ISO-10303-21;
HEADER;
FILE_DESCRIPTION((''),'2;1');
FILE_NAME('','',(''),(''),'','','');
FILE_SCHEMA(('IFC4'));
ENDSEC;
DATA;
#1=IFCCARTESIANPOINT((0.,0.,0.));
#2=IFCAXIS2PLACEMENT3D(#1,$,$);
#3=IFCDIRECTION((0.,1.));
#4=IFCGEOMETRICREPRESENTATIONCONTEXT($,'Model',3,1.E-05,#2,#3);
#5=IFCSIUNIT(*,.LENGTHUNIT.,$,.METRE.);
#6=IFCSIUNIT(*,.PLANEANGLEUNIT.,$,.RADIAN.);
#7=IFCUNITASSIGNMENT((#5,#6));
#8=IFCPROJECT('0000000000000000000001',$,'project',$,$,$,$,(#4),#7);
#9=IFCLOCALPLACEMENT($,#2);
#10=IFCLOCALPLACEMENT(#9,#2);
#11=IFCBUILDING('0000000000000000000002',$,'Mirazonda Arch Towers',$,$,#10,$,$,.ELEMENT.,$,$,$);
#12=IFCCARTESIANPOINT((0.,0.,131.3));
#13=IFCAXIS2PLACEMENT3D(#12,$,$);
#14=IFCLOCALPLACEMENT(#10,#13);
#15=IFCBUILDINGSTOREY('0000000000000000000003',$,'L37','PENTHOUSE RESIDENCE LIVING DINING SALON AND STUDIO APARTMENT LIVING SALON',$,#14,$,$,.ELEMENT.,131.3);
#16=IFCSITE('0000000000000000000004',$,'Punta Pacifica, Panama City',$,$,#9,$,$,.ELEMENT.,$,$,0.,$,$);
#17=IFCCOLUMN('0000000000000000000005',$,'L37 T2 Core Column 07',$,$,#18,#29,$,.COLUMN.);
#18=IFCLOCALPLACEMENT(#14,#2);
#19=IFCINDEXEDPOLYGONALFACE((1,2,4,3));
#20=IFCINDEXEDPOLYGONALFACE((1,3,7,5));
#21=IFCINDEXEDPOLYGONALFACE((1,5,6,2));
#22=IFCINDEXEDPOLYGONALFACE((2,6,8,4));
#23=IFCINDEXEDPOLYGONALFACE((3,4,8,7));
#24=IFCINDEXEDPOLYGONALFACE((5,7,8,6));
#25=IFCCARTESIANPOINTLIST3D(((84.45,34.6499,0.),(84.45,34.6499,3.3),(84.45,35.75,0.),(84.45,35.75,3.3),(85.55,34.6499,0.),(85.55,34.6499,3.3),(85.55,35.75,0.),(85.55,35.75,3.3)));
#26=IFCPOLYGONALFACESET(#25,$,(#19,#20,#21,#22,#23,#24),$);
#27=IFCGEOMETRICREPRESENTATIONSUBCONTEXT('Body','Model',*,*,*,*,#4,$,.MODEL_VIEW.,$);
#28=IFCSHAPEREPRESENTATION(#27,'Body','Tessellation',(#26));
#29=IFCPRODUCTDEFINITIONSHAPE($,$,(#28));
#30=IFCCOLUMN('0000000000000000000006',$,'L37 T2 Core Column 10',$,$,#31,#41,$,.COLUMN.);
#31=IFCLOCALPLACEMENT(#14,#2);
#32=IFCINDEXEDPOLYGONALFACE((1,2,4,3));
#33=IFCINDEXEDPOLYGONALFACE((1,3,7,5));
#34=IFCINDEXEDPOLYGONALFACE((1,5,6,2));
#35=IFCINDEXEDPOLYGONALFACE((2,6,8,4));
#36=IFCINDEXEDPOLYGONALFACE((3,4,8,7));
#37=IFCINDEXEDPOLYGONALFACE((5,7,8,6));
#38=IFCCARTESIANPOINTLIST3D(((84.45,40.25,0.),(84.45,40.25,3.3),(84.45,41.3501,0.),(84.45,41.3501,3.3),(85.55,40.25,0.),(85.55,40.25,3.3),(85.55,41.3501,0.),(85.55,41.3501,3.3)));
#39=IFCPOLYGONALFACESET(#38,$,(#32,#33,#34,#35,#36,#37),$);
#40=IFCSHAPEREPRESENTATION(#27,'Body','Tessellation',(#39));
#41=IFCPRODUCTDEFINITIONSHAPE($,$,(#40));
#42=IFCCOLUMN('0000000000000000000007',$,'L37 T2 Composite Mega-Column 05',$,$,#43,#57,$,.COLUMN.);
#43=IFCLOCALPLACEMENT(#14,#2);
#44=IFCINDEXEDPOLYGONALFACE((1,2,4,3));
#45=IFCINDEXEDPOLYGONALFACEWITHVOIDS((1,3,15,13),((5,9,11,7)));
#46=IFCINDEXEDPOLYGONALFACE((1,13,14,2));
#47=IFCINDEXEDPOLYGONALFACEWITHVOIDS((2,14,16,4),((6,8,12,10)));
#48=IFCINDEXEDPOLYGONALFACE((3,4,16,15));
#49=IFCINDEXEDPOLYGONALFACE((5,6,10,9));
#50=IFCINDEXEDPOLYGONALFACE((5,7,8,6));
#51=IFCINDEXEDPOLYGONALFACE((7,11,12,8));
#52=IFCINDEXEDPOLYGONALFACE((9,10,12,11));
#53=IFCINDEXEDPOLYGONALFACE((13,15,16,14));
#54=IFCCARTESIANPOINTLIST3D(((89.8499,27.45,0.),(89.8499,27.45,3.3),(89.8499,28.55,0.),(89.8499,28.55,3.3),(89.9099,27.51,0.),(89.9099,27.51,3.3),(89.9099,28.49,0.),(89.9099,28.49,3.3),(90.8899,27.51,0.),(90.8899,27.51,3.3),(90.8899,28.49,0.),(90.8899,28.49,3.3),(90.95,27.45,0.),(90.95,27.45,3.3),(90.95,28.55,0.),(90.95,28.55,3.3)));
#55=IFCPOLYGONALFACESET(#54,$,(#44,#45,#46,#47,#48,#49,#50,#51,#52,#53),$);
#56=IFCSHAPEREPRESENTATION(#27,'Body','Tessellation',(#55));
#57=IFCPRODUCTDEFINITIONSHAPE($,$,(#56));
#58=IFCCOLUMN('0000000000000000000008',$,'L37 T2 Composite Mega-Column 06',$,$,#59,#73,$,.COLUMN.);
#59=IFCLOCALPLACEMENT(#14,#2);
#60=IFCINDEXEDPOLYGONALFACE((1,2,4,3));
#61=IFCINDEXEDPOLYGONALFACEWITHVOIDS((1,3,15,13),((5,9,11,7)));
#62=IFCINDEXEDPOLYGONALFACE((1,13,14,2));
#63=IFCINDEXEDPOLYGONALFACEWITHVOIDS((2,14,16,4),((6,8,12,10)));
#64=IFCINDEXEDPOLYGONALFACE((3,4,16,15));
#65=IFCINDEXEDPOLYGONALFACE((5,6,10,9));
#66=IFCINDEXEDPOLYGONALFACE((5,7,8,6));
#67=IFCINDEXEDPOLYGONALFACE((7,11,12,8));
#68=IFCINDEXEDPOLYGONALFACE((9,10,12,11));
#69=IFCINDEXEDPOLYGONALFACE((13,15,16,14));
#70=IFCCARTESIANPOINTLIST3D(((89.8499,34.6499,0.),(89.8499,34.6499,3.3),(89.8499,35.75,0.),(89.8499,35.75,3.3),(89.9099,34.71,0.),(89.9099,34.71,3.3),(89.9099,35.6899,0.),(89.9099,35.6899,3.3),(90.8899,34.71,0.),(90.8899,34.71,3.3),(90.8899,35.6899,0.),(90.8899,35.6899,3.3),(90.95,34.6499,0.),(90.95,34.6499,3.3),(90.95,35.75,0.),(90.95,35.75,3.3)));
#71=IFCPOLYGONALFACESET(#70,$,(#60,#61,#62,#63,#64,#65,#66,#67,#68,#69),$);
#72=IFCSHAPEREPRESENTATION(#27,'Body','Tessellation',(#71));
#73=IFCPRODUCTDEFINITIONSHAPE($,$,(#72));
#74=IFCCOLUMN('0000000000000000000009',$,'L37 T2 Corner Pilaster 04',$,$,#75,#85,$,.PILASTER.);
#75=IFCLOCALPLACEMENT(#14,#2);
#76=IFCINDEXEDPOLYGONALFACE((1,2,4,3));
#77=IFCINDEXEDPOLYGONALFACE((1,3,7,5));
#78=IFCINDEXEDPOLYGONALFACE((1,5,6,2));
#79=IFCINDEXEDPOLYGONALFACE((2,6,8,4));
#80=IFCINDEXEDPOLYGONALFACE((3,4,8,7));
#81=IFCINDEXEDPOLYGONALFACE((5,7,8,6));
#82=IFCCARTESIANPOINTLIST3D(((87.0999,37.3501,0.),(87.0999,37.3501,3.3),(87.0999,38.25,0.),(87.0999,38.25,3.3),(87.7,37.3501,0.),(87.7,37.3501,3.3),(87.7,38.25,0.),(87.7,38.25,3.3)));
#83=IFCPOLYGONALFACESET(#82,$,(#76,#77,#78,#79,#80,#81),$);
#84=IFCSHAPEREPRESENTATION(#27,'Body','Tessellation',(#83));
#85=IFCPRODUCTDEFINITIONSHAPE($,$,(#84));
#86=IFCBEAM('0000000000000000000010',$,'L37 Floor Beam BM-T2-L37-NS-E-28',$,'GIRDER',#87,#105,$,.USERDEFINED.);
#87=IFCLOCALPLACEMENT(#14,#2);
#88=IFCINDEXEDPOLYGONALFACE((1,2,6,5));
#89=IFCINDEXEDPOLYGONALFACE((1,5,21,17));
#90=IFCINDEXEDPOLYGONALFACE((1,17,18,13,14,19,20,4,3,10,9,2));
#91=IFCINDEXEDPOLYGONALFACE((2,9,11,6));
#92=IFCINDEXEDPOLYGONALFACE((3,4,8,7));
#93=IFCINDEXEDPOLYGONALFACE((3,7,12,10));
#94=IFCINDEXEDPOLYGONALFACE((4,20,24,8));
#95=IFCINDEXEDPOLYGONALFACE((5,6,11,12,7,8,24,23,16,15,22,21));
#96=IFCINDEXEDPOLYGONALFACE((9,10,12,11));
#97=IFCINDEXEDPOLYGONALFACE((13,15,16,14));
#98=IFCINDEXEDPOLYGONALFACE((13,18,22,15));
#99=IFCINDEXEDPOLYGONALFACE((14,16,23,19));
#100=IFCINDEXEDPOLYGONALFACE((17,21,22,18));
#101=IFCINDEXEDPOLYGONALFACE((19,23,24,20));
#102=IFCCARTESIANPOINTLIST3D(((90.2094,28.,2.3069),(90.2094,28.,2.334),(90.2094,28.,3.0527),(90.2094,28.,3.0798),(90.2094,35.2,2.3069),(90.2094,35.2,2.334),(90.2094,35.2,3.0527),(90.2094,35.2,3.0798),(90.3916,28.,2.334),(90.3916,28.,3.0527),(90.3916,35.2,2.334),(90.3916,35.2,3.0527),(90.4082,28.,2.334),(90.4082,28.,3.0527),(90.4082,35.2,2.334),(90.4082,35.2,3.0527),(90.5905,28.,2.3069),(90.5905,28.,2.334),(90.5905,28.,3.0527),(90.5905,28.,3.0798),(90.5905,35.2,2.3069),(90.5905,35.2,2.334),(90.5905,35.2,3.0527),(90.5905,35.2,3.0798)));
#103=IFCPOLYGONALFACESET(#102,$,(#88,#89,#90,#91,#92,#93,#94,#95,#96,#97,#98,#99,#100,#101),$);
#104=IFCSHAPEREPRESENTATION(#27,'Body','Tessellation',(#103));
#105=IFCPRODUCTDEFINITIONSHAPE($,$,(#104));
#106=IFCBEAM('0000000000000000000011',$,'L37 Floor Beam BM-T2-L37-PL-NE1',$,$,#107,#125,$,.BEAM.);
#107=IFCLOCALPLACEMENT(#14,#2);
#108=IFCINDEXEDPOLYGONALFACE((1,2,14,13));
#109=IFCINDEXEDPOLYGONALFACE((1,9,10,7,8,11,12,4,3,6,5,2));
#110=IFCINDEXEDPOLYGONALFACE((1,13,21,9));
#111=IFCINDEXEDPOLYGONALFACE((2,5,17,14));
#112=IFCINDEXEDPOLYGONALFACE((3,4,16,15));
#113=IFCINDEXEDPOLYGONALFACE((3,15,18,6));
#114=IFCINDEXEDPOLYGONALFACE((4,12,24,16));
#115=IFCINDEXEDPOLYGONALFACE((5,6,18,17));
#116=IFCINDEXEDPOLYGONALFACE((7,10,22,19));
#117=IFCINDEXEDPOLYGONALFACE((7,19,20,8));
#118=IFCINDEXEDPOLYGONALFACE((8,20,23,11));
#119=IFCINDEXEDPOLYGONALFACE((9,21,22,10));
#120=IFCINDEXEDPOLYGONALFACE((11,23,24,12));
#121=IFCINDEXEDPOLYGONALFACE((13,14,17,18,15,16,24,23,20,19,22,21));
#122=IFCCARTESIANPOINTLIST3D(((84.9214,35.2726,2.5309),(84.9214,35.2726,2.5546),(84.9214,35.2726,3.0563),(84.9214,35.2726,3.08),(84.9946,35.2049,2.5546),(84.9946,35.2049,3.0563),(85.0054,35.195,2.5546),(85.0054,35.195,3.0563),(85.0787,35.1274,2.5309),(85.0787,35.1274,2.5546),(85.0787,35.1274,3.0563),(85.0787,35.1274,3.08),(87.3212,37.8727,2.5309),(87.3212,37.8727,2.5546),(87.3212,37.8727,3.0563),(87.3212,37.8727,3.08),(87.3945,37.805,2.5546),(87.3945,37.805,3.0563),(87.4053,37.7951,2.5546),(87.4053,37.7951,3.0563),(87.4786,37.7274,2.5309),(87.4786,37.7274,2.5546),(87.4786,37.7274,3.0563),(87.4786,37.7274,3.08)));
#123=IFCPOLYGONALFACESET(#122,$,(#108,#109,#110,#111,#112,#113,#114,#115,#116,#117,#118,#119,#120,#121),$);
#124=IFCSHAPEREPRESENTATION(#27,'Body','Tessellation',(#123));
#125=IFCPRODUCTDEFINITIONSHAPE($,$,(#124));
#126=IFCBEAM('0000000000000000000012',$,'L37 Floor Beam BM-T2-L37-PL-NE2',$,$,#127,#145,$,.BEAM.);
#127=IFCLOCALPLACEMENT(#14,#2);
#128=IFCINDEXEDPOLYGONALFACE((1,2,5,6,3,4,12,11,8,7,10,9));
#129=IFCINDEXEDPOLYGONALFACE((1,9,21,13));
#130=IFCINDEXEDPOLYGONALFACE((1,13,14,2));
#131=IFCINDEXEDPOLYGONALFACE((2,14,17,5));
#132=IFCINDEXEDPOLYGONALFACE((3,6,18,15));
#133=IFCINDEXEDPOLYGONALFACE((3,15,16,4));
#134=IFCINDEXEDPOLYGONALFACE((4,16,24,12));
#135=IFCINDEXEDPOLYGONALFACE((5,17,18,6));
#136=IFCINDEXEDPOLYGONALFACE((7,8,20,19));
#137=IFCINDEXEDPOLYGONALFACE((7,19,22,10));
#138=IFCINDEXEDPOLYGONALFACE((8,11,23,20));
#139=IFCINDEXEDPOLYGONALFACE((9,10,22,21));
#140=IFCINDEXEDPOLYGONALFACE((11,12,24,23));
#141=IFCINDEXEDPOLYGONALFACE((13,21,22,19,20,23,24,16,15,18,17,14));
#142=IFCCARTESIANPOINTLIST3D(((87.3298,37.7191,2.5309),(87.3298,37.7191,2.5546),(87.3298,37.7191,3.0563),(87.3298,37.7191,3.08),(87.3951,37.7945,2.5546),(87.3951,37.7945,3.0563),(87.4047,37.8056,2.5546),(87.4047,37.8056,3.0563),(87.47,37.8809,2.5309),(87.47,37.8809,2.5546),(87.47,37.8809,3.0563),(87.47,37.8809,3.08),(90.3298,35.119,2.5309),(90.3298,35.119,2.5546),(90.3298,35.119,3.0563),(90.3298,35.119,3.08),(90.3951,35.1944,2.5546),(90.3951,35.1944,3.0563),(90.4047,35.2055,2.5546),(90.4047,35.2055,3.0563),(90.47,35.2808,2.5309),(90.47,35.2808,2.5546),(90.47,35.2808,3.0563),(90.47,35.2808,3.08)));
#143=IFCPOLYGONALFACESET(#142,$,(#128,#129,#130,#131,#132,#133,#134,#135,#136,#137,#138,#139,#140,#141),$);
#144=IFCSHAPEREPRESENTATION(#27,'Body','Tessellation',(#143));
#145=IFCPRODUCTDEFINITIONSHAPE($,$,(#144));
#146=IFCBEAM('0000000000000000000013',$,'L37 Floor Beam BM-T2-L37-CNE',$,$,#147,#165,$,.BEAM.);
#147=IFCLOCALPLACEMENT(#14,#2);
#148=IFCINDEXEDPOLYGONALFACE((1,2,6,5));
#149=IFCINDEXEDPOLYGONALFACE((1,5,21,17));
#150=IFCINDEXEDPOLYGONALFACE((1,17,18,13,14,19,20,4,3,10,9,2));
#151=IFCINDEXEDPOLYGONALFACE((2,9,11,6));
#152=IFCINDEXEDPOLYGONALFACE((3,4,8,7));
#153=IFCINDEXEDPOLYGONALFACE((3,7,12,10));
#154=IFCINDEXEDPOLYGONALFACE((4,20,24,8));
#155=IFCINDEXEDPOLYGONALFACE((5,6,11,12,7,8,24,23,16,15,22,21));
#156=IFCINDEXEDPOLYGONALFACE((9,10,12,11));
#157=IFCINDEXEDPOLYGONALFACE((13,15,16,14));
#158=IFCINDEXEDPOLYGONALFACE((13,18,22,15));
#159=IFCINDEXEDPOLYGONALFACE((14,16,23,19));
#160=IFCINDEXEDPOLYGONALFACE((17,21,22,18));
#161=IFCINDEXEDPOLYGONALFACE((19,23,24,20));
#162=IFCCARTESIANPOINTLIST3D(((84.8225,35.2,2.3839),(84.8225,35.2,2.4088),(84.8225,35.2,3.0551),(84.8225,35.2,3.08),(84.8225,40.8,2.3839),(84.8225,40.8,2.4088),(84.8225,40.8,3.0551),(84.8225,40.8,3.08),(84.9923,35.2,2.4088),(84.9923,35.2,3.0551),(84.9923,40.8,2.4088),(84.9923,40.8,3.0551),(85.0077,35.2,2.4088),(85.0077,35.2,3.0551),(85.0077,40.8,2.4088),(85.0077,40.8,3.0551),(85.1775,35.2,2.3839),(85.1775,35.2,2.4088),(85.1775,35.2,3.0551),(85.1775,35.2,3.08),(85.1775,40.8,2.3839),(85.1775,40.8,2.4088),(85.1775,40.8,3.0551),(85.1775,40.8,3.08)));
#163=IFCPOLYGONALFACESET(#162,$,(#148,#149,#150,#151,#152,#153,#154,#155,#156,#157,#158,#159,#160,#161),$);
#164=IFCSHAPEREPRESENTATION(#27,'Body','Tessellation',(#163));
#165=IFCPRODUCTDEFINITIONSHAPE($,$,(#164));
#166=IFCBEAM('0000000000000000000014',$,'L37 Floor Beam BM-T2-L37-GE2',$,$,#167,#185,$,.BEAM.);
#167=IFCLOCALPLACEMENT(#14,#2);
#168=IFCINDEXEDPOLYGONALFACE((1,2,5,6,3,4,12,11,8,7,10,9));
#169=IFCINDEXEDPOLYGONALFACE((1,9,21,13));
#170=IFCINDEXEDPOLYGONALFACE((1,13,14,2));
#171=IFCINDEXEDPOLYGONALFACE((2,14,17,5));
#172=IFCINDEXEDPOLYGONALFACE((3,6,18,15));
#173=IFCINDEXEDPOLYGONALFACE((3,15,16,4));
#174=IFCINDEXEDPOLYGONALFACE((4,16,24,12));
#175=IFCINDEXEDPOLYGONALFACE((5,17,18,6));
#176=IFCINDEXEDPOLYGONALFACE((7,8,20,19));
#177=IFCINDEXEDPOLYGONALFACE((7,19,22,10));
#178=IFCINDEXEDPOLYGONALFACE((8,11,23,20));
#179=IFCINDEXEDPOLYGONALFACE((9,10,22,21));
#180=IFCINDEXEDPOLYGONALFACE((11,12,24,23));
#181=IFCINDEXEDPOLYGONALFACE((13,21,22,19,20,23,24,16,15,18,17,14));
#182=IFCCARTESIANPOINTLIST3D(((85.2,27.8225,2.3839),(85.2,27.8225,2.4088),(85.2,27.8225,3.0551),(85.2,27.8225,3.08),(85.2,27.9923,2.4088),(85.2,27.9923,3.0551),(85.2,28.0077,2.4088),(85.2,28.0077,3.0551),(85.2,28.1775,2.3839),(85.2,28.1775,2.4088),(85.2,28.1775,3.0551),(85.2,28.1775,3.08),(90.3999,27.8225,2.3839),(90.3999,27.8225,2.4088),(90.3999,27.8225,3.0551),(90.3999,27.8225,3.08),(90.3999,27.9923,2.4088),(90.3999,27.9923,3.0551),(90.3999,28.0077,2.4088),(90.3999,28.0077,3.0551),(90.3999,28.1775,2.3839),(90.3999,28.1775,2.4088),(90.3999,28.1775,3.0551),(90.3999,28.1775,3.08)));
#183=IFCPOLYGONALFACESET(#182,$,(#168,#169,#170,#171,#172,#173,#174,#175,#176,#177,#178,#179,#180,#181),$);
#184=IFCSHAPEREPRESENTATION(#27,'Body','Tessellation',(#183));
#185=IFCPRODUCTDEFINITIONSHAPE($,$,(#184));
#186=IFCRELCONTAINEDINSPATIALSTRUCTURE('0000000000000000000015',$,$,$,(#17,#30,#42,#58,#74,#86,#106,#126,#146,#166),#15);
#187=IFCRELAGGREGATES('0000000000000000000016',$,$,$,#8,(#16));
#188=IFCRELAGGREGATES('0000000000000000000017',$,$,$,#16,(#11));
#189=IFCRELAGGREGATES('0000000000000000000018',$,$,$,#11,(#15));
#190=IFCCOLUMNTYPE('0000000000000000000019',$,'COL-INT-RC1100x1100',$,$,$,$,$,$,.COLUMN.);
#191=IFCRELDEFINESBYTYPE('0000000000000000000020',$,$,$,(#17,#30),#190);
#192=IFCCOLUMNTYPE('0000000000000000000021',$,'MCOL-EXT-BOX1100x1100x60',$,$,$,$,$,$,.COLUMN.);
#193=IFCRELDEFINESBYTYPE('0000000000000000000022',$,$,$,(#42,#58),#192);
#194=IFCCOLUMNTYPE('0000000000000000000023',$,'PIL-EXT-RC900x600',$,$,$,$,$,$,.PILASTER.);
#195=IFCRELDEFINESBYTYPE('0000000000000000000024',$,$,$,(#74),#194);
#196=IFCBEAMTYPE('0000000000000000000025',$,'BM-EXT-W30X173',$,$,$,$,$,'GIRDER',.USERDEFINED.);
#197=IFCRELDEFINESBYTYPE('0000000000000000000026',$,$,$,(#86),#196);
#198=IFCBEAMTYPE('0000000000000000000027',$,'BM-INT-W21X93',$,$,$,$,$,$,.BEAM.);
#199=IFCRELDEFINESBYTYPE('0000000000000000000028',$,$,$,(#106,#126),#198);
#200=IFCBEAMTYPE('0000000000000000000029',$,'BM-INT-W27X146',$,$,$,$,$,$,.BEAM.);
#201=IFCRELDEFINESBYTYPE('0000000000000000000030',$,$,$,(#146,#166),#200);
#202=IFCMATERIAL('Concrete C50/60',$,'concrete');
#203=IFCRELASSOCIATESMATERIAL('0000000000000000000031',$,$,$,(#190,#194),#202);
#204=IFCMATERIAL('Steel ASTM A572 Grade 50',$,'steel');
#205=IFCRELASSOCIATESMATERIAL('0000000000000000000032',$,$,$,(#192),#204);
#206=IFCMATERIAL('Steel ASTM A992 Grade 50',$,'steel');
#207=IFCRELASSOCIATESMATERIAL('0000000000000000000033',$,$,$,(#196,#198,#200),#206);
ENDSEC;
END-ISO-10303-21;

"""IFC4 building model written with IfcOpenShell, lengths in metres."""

from ifc_helpers import new_model, si_unit, direction, frame, origin, origin_2d, place, context, subcontext, project, spatial, rectangle, hollow_rectangle, i_section, extrude, material, material_profile, profile_set, type_object, element, save


model = new_model("IFC4")

# Units and contexts
model_context = context("Model", 3, precision=1e-05, world=origin(), true_north=direction((0.0, 1.0)))
body_context = subcontext(model_context, "Body", "Model", "MODEL_VIEW")
ifc_project = project(units=[si_unit("LENGTHUNIT", "METRE"), si_unit("PLANEANGLEUNIT", "RADIAN")], contexts=[model_context])

# Site, building, storey
site_placement = place(None, origin())
site = spatial("IfcSite", under=ifc_project, at=site_placement, Name="Punta Pacifica, Panama City", CompositionType="ELEMENT", RefElevation=0.0)
building_placement = place(site_placement, origin())
building = spatial("IfcBuilding", under=site, at=building_placement, Name="Mirazonda Arch Towers", CompositionType="ELEMENT")
storey_placement = place(building_placement, frame((0.0, 0.0, 131.3)))
storey = spatial("IfcBuildingStorey", under=building, at=storey_placement, Name="L37", Description="PENTHOUSE RESIDENCE LIVING DINING SALON AND STUDIO APARTMENT LIVING SALON", CompositionType="ELEMENT", Elevation=131.3)

# Columns
ifc_material_1 = material(Name="Concrete C50/60", Category="concrete")
ifc_material_profile_1 = material_profile(ifc_material_1, rectangle(XDim=1.1001, YDim=1.1001, at=origin_2d()), Name="RC1100x1100")
ifc_profile_set_1 = profile_set([ifc_material_profile_1], Name="Concrete C50/60")
column_type_1 = type_object("IfcColumnType", Name="COL-INT-RC1100x1100", PredefinedType="COLUMN", material=ifc_profile_set_1)
for number, where, z_axis, x_axis, name in (
    (1, (85.0, 35.2, 0.0), (0.0, 0.0, 1.0), (1.0, 0.0, 0.0), "L37 T2 Core Column 07"),
    (2, (85.0, 40.8, 0.0), (0.0, 0.0, 1.0), (1.0, 0.0, 0.0), "L37 T2 Core Column 10"),
):
    element("IfcColumn", number, at=place(storey_placement, frame(where, z_axis=z_axis, x_axis=x_axis)), inside=storey, type_object=column_type_1, Name=name, PredefinedType="COLUMN", context=body_context, shape_type="SweptSolid", body=[
        extrude(rectangle(XDim=1.1001, YDim=1.1001, at=origin_2d()), origin(), (0.0, 0.0, 1.0), 3.3),
    ])
ifc_material_2 = material(Name="Steel ASTM A572 Grade 50", Category="steel")
ifc_material_profile_2 = material_profile(ifc_material_2, hollow_rectangle(XDim=1.1001, YDim=1.1001, WallThickness=0.0601, at=origin_2d()), Name="BOX1100x1100x60")
ifc_profile_set_2 = profile_set([ifc_material_profile_2], Name="Steel ASTM A572 Grade 50")
column_type_2 = type_object("IfcColumnType", Name="MCOL-EXT-BOX1100x1100x60", PredefinedType="COLUMN", material=ifc_profile_set_2)
for number, where, z_axis, x_axis, name in (
    (3, (90.3999, 28.0, 0.0), (0.0, 0.0, 1.0), (1.0, 0.0, 0.0), "L37 T2 Composite Mega-Column 05"),
    (4, (90.3999, 35.2, 0.0), (0.0, 0.0, 1.0), (1.0, 0.0, 0.0), "L37 T2 Composite Mega-Column 06"),
):
    element("IfcColumn", number, at=place(storey_placement, frame(where, z_axis=z_axis, x_axis=x_axis)), inside=storey, type_object=column_type_2, Name=name, PredefinedType="COLUMN", context=body_context, shape_type="SweptSolid", body=[
        extrude(hollow_rectangle(XDim=1.1001, YDim=1.1001, WallThickness=0.0601, at=origin_2d()), origin(), (0.0, 0.0, 1.0), 3.3),
    ])
ifc_material_profile_3 = material_profile(ifc_material_1, rectangle(XDim=0.6001, YDim=0.8999, at=origin_2d()), Name="RC900x600")
ifc_profile_set_3 = profile_set([ifc_material_profile_3], Name="Concrete C50/60")
column_type_3 = type_object("IfcColumnType", Name="PIL-EXT-RC900x600", PredefinedType="PILASTER", material=ifc_profile_set_3)
column_placement = place(storey_placement, frame((87.3999, 37.8, 0.0), z_axis=(0.0, 0.0, 1.0), x_axis=(1.0, 0.0, 0.0)))
element("IfcColumn", 5, at=column_placement, inside=storey, type_object=column_type_3, Name="L37 T2 Corner Pilaster 04", PredefinedType="PILASTER", context=body_context, shape_type="SweptSolid", body=[
    extrude(rectangle(XDim=0.6001, YDim=0.8999, at=origin_2d()), origin(), (0.0, 0.0, 1.0), 3.3),
])

# Beams
ifc_material_3 = material(Name="Steel ASTM A992 Grade 50", Category="steel")
ifc_material_profile_4 = material_profile(ifc_material_3, i_section(OverallWidth=0.3811, OverallDepth=0.7729, WebThickness=0.0166, FlangeThickness=0.0271, at=origin_2d()), Name="W30X173")
ifc_profile_set_4 = profile_set([ifc_material_profile_4], Name="Steel ASTM A992 Grade 50")
beam_type_1 = type_object("IfcBeamType", Name="BM-EXT-W30X173", ElementType="GIRDER", PredefinedType="USERDEFINED", material=ifc_profile_set_4)
beam_1_placement = place(storey_placement, frame((90.3999, 28.0, 2.6934), z_axis=(0.0, 1.0, 0.0), x_axis=(-1.0, 0.0, 0.0)))
element("IfcBeam", 6, at=beam_1_placement, inside=storey, type_object=beam_type_1, Name="L37 Floor Beam BM-T2-L37-NS-E-28", ObjectType="GIRDER", PredefinedType="USERDEFINED", context=body_context, shape_type="SweptSolid", body=[
    extrude(i_section(OverallWidth=0.3811, OverallDepth=0.7729, WebThickness=0.0166, FlangeThickness=0.0271, at=origin_2d()), origin(), (0.0, 0.0, 1.0), 7.2),
])
ifc_material_profile_5 = material_profile(ifc_material_3, i_section(OverallWidth=0.2141, OverallDepth=0.5491, WebThickness=0.0146, FlangeThickness=0.0237, at=origin_2d()), Name="W21X93")
ifc_profile_set_5 = profile_set([ifc_material_profile_5], Name="Steel ASTM A992 Grade 50")
beam_type_2 = type_object("IfcBeamType", Name="BM-INT-W21X93", PredefinedType="BEAM", material=ifc_profile_set_5)
beam_2_placement = place(storey_placement, frame((87.3999, 37.8, 2.8054), z_axis=(-0.678251, -0.73483, 0.0), x_axis=(0.73483, -0.678251, 0.0)))
element("IfcBeam", 7, at=beam_2_placement, inside=storey, type_object=beam_type_2, Name="L37 Floor Beam BM-T2-L37-PL-NE1", PredefinedType="BEAM", context=body_context, shape_type="SweptSolid", body=[
    extrude(i_section(OverallWidth=0.2141, OverallDepth=0.5491, WebThickness=0.0146, FlangeThickness=0.0237, at=origin_2d()), origin(), (0.0, 0.0, 1.0), 3.5383),
])
beam_3_placement = place(storey_placement, frame((87.3999, 37.8, 2.8054), z_axis=(0.755677, -0.654945, 0.0), x_axis=(0.654945, 0.755677, 0.0)))
element("IfcBeam", 8, at=beam_3_placement, inside=storey, type_object=beam_type_2, Name="L37 Floor Beam BM-T2-L37-PL-NE2", PredefinedType="BEAM", context=body_context, shape_type="SweptSolid", body=[
    extrude(i_section(OverallWidth=0.2141, OverallDepth=0.5491, WebThickness=0.0146, FlangeThickness=0.0237, at=origin_2d()), origin(), (0.0, 0.0, 1.0), 3.97),
])
ifc_material_profile_6 = material_profile(ifc_material_3, i_section(OverallWidth=0.355, OverallDepth=0.696, WebThickness=0.0154, FlangeThickness=0.0249, at=origin_2d()), Name="W27X146")
ifc_profile_set_6 = profile_set([ifc_material_profile_6], Name="Steel ASTM A992 Grade 50")
beam_type_3 = type_object("IfcBeamType", Name="BM-INT-W27X146", PredefinedType="BEAM", material=ifc_profile_set_6)
beam_4_placement = place(storey_placement, frame((85.0, 35.2, 2.7319), z_axis=(0.0, 1.0, 0.0), x_axis=(-1.0, 0.0, 0.0)))
element("IfcBeam", 9, at=beam_4_placement, inside=storey, type_object=beam_type_3, Name="L37 Floor Beam BM-T2-L37-CNE", PredefinedType="BEAM", context=body_context, shape_type="SweptSolid", body=[
    extrude(i_section(OverallWidth=0.355, OverallDepth=0.696, WebThickness=0.0154, FlangeThickness=0.0249, at=origin_2d()), origin(), (0.0, 0.0, 1.0), 5.6001),
])
beam_5_placement = place(storey_placement, frame((85.2, 28.0, 2.7319), z_axis=(1.0, 0.0, 0.0), x_axis=(0.0, 1.0, 0.0)))
element("IfcBeam", 10, at=beam_5_placement, inside=storey, type_object=beam_type_3, Name="L37 Floor Beam BM-T2-L37-GE2", PredefinedType="BEAM", context=body_context, shape_type="SweptSolid", body=[
    extrude(i_section(OverallWidth=0.355, OverallDepth=0.696, WebThickness=0.0154, FlangeThickness=0.0249, at=origin_2d()), origin(), (0.0, 0.0, 1.0), 5.2),
])

save(model, "model.ifc")
